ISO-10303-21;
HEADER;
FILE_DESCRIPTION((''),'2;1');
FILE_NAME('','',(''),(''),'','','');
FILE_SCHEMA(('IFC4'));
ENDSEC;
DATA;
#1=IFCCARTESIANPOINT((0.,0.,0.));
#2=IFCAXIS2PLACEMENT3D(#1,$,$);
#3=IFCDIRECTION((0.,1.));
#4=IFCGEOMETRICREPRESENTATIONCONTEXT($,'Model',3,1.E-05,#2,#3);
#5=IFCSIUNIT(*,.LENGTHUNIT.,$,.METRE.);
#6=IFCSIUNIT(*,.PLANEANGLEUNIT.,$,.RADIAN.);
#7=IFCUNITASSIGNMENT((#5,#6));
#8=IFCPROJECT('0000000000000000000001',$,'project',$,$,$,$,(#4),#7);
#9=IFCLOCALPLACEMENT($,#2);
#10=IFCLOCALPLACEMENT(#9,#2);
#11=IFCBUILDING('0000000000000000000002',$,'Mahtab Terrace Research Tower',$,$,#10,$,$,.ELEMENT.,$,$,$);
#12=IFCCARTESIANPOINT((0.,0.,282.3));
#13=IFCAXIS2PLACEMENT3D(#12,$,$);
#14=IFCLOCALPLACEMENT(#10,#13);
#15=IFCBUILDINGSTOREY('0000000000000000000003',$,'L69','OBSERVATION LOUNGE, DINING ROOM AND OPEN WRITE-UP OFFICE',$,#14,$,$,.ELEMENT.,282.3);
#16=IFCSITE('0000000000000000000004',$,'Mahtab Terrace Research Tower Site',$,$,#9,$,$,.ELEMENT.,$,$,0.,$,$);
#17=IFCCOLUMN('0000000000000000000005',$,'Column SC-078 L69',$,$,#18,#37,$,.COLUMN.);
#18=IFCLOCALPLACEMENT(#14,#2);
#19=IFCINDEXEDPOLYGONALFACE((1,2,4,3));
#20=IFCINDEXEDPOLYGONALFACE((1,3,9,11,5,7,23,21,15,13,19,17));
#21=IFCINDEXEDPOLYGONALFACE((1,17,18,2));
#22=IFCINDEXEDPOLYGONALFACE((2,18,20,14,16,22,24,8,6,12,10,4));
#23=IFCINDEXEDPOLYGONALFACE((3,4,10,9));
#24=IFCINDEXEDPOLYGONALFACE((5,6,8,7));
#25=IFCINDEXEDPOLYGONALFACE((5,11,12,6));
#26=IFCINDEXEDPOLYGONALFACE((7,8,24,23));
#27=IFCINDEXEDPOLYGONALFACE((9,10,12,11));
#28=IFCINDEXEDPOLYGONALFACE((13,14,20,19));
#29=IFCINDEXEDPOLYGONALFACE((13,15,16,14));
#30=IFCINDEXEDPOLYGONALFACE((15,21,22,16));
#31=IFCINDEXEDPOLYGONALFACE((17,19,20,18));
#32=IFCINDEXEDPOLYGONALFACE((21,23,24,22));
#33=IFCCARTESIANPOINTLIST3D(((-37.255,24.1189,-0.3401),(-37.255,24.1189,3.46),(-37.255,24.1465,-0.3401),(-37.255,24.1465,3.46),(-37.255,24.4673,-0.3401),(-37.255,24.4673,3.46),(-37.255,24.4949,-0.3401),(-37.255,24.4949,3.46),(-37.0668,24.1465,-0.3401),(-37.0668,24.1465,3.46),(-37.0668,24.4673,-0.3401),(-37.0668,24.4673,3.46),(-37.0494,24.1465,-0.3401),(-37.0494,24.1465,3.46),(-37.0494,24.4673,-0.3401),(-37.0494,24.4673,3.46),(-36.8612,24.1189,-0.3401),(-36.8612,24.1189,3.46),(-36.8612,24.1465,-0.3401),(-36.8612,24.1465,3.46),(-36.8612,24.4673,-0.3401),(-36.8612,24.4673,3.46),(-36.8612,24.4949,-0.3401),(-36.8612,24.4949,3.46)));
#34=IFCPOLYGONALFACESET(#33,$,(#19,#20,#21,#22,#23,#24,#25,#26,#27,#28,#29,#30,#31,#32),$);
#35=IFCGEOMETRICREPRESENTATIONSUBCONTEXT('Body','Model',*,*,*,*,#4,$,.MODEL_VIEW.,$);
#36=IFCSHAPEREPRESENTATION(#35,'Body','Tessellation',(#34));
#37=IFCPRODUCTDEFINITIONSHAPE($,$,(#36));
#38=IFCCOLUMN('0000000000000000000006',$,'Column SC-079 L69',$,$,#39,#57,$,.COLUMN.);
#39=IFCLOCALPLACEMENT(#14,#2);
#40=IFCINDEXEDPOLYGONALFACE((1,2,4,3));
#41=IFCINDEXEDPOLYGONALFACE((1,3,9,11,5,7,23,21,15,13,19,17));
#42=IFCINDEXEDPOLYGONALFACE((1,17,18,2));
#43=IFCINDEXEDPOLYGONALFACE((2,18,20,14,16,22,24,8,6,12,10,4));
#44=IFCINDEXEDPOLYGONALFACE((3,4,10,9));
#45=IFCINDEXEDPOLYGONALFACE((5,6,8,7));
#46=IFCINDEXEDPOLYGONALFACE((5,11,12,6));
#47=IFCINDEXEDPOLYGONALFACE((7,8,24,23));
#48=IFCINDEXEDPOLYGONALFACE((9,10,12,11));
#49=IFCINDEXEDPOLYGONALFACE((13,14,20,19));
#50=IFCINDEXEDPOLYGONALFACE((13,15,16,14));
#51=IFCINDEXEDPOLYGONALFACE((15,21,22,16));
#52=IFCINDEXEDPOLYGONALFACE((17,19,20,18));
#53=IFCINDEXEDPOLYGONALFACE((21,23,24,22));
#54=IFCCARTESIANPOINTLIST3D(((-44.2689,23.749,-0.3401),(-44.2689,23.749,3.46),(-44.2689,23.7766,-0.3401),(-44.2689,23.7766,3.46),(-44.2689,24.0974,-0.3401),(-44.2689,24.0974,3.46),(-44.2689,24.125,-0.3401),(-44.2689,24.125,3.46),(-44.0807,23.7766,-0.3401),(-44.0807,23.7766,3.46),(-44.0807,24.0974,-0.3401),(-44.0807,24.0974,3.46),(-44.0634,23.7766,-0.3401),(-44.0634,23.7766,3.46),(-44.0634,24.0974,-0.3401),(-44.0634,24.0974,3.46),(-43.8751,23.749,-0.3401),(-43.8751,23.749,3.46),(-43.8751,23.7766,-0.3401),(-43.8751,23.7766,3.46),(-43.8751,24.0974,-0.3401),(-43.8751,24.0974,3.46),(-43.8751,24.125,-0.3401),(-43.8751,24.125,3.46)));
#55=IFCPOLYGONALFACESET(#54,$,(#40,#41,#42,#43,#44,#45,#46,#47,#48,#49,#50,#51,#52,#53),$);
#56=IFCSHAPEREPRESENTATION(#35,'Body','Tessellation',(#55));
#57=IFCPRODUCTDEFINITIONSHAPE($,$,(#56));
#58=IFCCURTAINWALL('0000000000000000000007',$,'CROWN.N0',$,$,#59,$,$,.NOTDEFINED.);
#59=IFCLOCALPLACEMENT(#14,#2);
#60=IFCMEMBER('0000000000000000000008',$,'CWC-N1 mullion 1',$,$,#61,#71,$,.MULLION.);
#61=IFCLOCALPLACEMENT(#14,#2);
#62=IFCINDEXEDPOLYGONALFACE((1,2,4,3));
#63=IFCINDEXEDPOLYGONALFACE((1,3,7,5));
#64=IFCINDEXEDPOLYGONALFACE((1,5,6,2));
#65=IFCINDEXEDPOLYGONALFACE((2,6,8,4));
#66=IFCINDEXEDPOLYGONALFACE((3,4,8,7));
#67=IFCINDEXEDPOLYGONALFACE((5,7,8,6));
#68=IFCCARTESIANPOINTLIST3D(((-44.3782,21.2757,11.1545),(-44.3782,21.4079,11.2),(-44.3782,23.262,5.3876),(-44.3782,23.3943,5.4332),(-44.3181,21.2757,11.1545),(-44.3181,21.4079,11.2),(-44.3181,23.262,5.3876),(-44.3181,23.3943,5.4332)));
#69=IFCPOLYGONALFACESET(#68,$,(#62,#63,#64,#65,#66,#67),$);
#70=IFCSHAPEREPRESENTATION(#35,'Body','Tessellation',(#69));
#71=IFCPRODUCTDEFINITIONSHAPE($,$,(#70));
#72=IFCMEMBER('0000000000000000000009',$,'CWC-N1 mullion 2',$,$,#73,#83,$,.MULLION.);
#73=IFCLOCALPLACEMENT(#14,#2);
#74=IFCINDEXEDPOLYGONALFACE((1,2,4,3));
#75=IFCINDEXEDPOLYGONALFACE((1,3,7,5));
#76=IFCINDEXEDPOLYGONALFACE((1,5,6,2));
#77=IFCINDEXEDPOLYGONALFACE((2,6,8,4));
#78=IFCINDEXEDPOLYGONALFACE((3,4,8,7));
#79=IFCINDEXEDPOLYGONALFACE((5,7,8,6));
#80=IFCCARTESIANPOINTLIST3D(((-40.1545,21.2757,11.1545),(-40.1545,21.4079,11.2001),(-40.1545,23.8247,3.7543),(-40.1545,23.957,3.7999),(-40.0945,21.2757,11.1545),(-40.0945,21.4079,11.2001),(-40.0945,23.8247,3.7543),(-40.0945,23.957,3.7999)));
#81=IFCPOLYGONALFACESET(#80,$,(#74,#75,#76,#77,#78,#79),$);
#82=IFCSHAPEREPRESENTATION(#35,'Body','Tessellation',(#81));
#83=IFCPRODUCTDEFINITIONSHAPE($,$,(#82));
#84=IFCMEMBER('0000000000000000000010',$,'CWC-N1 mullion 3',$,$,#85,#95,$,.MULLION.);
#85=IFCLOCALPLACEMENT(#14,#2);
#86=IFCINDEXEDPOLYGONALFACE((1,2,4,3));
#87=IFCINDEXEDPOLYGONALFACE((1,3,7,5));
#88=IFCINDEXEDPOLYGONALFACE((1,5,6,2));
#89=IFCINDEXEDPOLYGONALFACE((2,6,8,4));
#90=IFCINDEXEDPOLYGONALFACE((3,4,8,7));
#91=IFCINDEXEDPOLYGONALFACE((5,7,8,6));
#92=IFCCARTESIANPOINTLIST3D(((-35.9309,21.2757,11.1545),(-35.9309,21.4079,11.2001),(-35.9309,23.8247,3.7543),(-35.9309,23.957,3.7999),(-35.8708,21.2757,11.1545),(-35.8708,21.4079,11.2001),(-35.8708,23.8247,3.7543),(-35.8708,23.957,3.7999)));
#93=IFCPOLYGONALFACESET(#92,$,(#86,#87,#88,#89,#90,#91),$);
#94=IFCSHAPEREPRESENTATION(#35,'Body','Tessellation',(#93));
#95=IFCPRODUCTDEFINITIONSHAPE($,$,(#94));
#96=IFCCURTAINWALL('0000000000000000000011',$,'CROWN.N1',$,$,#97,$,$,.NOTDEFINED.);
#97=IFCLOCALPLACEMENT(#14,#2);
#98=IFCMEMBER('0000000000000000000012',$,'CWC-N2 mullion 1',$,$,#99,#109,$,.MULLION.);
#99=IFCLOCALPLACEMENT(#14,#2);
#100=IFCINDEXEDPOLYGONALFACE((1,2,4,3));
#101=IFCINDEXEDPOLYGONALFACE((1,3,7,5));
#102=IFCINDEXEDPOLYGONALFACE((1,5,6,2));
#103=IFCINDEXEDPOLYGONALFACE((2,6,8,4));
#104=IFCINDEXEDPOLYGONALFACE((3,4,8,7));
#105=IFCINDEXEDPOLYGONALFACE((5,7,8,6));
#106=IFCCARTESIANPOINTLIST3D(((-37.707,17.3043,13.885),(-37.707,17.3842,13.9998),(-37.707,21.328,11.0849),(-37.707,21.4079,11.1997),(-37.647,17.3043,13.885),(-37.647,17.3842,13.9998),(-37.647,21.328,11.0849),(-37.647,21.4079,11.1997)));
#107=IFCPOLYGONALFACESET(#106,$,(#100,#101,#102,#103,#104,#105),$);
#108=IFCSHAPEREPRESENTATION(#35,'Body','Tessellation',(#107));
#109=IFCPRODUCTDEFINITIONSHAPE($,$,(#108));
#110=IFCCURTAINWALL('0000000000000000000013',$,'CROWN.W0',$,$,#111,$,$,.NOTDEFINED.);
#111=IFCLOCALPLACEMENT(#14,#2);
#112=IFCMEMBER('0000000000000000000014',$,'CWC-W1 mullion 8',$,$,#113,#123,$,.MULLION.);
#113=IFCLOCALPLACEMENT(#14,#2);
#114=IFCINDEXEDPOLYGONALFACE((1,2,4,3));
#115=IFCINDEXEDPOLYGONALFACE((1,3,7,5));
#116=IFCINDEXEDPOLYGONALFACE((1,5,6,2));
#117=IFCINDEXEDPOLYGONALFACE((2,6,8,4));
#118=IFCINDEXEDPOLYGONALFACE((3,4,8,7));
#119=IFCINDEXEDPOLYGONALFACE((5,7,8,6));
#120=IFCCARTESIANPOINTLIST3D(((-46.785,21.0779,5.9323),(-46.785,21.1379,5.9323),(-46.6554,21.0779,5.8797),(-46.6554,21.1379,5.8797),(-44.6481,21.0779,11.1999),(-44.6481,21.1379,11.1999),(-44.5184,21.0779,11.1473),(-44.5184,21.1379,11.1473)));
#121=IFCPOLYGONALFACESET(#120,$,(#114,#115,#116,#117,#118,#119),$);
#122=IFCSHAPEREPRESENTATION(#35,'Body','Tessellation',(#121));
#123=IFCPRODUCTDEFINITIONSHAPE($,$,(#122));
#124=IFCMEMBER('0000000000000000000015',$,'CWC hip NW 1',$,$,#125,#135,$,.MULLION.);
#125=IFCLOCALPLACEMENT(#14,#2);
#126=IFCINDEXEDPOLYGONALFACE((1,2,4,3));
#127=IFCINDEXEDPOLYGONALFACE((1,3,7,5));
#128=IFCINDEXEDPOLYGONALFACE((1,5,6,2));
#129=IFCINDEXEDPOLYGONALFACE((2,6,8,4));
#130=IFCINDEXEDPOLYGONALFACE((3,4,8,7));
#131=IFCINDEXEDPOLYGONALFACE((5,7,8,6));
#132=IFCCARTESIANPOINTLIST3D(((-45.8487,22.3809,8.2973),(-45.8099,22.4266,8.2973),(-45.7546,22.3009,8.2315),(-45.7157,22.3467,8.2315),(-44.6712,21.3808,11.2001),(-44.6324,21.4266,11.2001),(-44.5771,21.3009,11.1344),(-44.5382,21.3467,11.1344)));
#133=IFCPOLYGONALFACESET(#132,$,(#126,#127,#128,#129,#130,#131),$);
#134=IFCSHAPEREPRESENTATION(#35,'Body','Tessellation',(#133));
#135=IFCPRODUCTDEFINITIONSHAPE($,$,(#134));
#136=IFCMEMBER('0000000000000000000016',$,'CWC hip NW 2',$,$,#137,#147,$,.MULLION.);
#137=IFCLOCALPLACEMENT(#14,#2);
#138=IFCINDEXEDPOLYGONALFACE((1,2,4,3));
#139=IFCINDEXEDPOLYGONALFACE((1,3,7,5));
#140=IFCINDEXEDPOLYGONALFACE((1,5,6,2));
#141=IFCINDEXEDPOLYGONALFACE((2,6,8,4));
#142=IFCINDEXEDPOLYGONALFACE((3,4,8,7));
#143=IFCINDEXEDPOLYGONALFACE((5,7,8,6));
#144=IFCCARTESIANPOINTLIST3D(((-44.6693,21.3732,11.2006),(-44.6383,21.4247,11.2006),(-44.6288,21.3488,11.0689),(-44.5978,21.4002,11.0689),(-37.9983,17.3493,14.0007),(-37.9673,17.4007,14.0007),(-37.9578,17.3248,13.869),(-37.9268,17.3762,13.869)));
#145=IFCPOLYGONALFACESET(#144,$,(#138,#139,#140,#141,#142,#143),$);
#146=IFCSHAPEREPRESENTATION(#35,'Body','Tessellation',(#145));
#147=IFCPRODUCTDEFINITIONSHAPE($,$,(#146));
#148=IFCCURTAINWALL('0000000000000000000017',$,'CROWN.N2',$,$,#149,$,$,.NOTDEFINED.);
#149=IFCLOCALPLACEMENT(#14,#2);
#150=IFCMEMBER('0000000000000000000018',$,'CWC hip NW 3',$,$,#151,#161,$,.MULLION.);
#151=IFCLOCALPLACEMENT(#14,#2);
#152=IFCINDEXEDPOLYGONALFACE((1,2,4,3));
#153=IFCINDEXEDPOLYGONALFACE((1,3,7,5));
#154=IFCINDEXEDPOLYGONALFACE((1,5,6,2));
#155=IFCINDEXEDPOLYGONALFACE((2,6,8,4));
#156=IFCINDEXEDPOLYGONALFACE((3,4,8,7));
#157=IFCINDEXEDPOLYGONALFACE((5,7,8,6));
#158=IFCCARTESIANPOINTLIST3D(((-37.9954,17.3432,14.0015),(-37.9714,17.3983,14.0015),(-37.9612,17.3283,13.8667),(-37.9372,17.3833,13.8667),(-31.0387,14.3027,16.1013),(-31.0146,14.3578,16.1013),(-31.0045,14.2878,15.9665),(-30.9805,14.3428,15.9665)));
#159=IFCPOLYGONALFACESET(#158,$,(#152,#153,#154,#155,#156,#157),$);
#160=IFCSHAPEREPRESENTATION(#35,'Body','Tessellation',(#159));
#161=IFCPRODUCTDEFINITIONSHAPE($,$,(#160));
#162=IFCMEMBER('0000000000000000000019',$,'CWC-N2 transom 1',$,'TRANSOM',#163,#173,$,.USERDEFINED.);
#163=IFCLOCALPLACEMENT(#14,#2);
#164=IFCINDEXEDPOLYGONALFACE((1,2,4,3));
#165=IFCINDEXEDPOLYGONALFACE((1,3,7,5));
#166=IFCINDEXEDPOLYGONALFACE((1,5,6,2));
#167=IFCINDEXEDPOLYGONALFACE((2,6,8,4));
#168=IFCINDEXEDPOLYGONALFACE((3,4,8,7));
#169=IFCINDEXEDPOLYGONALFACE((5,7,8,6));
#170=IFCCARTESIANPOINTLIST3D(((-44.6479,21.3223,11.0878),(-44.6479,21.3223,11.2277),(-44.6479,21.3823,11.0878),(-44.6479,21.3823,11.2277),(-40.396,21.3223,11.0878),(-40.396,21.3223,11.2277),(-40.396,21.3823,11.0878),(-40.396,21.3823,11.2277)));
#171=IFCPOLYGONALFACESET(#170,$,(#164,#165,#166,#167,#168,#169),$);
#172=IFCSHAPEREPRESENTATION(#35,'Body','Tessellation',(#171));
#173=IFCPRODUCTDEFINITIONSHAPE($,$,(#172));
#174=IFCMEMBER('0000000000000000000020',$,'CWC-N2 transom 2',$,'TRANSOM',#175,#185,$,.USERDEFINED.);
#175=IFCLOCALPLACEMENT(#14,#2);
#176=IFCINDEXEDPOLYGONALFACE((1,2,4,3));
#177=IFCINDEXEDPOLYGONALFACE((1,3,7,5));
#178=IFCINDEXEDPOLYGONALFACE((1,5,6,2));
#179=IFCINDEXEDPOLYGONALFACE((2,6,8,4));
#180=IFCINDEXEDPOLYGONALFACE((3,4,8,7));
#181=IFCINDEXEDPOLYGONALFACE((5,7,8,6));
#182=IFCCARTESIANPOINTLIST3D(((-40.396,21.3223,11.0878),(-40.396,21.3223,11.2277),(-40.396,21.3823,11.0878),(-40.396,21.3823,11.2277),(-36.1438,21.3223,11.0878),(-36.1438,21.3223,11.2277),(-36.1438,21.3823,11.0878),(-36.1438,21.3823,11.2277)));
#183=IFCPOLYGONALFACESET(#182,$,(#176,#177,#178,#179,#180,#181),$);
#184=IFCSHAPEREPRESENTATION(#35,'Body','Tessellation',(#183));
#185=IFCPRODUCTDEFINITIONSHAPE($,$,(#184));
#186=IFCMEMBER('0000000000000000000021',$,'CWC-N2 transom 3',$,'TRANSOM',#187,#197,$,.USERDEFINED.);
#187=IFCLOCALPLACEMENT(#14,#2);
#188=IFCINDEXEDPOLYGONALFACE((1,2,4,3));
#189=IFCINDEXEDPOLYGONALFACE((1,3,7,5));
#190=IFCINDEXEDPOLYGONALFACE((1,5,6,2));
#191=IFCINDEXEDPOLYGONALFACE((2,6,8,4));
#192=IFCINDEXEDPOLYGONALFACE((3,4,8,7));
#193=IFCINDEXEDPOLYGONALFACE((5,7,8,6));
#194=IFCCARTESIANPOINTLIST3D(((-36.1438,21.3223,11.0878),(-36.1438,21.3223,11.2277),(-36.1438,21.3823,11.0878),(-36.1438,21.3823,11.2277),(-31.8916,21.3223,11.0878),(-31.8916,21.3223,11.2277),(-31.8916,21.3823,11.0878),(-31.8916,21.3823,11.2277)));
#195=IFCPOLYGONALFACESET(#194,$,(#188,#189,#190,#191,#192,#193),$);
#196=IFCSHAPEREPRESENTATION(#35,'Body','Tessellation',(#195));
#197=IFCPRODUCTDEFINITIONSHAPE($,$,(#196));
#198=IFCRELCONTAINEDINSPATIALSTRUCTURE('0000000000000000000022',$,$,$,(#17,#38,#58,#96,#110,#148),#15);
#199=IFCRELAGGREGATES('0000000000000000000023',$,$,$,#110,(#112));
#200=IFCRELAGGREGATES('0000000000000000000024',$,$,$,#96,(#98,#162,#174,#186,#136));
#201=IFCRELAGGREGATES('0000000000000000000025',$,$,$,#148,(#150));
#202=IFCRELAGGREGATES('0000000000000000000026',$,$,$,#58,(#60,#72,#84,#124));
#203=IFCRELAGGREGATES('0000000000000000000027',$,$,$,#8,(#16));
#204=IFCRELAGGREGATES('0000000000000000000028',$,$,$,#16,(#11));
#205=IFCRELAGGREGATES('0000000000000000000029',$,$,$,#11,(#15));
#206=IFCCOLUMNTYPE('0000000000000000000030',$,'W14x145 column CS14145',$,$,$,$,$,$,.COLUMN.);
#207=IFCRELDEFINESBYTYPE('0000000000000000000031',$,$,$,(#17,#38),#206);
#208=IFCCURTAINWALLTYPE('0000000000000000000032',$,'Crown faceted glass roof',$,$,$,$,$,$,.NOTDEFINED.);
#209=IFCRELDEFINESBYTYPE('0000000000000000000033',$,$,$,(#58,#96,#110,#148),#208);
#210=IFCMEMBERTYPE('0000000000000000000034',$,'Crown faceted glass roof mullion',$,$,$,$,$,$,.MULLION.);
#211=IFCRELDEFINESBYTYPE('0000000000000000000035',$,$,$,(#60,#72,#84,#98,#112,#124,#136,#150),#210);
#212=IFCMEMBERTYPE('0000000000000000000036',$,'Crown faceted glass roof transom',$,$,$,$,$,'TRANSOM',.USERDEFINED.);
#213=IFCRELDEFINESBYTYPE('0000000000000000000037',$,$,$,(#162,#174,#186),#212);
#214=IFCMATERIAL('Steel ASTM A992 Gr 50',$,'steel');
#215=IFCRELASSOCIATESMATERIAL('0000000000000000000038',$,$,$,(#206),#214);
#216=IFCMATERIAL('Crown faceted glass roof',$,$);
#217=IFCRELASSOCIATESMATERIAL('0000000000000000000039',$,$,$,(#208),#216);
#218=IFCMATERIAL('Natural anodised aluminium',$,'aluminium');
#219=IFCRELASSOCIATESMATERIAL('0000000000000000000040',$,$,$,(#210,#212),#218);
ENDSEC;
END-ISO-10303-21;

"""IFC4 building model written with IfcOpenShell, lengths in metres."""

from ifc_helpers import new_model, si_unit, direction, frame, origin, origin_2d, place, context, subcontext, project, spatial, rectangle, i_section, extrude, material, material_profile, profile_set, type_object, element, aggregate, save


model = new_model("IFC4")

# Units and contexts
model_context = context("Model", 3, precision=1e-05, world=origin(), true_north=direction((0.0, 1.0)))
body_context = subcontext(model_context, "Body", "Model", "MODEL_VIEW")
ifc_project = project(units=[si_unit("LENGTHUNIT", "METRE"), si_unit("PLANEANGLEUNIT", "RADIAN")], contexts=[model_context])

# Site, building, storey
site_placement = place(None, origin())
site = spatial("IfcSite", under=ifc_project, at=site_placement, Name="Mahtab Terrace Research Tower Site", CompositionType="ELEMENT", RefElevation=0.0)
building_placement = place(site_placement, origin())
building = spatial("IfcBuilding", under=site, at=building_placement, Name="Mahtab Terrace Research Tower", CompositionType="ELEMENT")
storey_placement = place(building_placement, frame((0.0, 0.0, 282.3)))
storey = spatial("IfcBuildingStorey", under=building, at=storey_placement, Name="L69", Description="OBSERVATION LOUNGE, DINING ROOM AND OPEN WRITE-UP OFFICE", CompositionType="ELEMENT", Elevation=282.3)

# Columns
ifc_material_1 = material(Name="Steel ASTM A992 Gr 50", Category="steel")
ifc_material_profile_1 = material_profile(ifc_material_1, i_section(OverallWidth=0.3938, OverallDepth=0.376, WebThickness=0.0173, FlangeThickness=0.0276, at=origin_2d()), Name="W14X145")
ifc_profile_set_1 = profile_set([ifc_material_profile_1], Name="Steel ASTM A992 Gr 50")
column_type = type_object("IfcColumnType", Name="W14x145 column CS14145", PredefinedType="COLUMN", material=ifc_profile_set_1)
for number, where, z_axis, x_axis, name in (
    (1, (-37.0581, 24.3069, -0.3401), (0.0, 0.0, 1.0), (1.0, 0.0, 0.0), "Column SC-078 L69"),
    (2, (-44.072, 23.937, -0.3401), (0.0, 0.0, 1.0), (1.0, 0.0, 0.0), "Column SC-079 L69"),
):
    element("IfcColumn", number, at=place(storey_placement, frame(where, z_axis=z_axis, x_axis=x_axis)), inside=storey, type_object=column_type, Name=name, PredefinedType="COLUMN", context=body_context, shape_type="SweptSolid", body=[
        extrude(i_section(OverallWidth=0.3938, OverallDepth=0.376, WebThickness=0.0173, FlangeThickness=0.0276, at=origin_2d()), origin(), (0.0, 0.0, 1.0), 3.8),
    ])

# Curtain wall, members
ifc_material_2 = material(Name="Crown faceted glass roof")
curtain_wall_type_1 = type_object("IfcCurtainWallType", Name="Crown faceted glass roof", PredefinedType="NOTDEFINED", material=ifc_material_2)
curtain_wall_1_placement = place(storey_placement, origin())
curtain_wall_1 = element("IfcCurtainWall", 3, at=curtain_wall_1_placement, inside=storey, type_object=curtain_wall_type_1, Name="CROWN.N0", PredefinedType="NOTDEFINED")
ifc_material_3 = material(Name="Natural anodised aluminium", Category="aluminium")
ifc_material_profile_2 = material_profile(ifc_material_3, rectangle(XDim=0.0601, YDim=0.1399, at=origin_2d()), Name="MULLION 60x140")
ifc_profile_set_2 = profile_set([ifc_material_profile_2], Name="Natural anodised aluminium")
member_type_1 = type_object("IfcMemberType", Name="Crown faceted glass roof mullion", PredefinedType="MULLION", material=ifc_profile_set_2)
member_1_placement = place(storey_placement, frame((-44.3481, 23.3281, 5.4104), z_axis=(0.0, -0.325663, 0.945486), x_axis=(1.0, 0.0, 0.0)))
member_1 = element("IfcMember", 4, at=member_1_placement, type_object=member_type_1, Name="CWC-N1 mullion 1", PredefinedType="MULLION", context=body_context, shape_type="SweptSolid", body=[
    extrude(rectangle(XDim=0.0601, YDim=0.1399, at=origin_2d()), origin(), (0.0, 0.0, 1.0), 6.0994),
])
member_2_placement = place(storey_placement, frame((-40.1245, 23.8909, 3.7771), z_axis=(0.0, -0.325682, 0.945479), x_axis=(1.0, 0.0, 0.0)))
member_2 = element("IfcMember", 5, at=member_2_placement, type_object=member_type_1, Name="CWC-N1 mullion 2", PredefinedType="MULLION", context=body_context, shape_type="SweptSolid", body=[
    extrude(rectangle(XDim=0.0601, YDim=0.1399, at=origin_2d()), origin(), (0.0, 0.0, 1.0), 7.8269),
])
member_3_placement = place(storey_placement, frame((-35.9009, 23.8909, 3.7771), z_axis=(0.0, -0.325682, 0.945479), x_axis=(1.0, 0.0, 0.0)))
member_3 = element("IfcMember", 6, at=member_3_placement, type_object=member_type_1, Name="CWC-N1 mullion 3", PredefinedType="MULLION", context=body_context, shape_type="SweptSolid", body=[
    extrude(rectangle(XDim=0.0601, YDim=0.1399, at=origin_2d()), origin(), (0.0, 0.0, 1.0), 7.8269),
])

# Curtain walls, members
curtain_wall_2_placement = place(storey_placement, origin())
curtain_wall_2 = element("IfcCurtainWall", 7, at=curtain_wall_2_placement, inside=storey, type_object=curtain_wall_type_1, Name="CROWN.N1", PredefinedType="NOTDEFINED")
member_4_placement = place(storey_placement, frame((-37.677, 21.3679, 11.1423), z_axis=(0.0, -0.820813, 0.571197), x_axis=(1.0, 0.0, 0.0)))
member_4 = element("IfcMember", 8, at=member_4_placement, type_object=member_type_1, Name="CWC-N2 mullion 1", PredefinedType="MULLION", context=body_context, shape_type="SweptSolid", body=[
    extrude(rectangle(XDim=0.0601, YDim=0.1399, at=origin_2d()), origin(), (0.0, 0.0, 1.0), 4.9021),
])
curtain_wall_3_placement = place(storey_placement, origin())
curtain_wall_3 = element("IfcCurtainWall", 9, at=curtain_wall_3_placement, inside=storey, type_object=curtain_wall_type_1, Name="CROWN.W0", PredefinedType="NOTDEFINED")
member_5_placement = place(storey_placement, frame((-46.7202, 21.1079, 5.906), z_axis=(0.375925, 0.0, 0.92665), x_axis=(0.0, 1.0, 0.0)))
member_5 = element("IfcMember", 10, at=member_5_placement, type_object=member_type_1, Name="CWC-W1 mullion 8", PredefinedType="MULLION", context=body_context, shape_type="SweptSolid", body=[
    extrude(rectangle(XDim=0.0601, YDim=0.1399, at=origin_2d()), origin(), (0.0, 0.0, 1.0), 5.6846),
])
aggregate(curtain_wall_3, [member_5])

# Members
member_6_placement = place(storey_placement, frame((-45.7822, 22.3638, 8.2644), z_axis=(0.358085, -0.304109, 0.882776), x_axis=(0.647323, 0.762216, 0.0)))
member_6 = element("IfcMember", 11, at=member_6_placement, type_object=member_type_1, Name="CWC hip NW 1", PredefinedType="MULLION", context=body_context, shape_type="SweptSolid", body=[
    extrude(rectangle(XDim=0.0601, YDim=0.1399, at=origin_2d()), origin(), (0.0, 0.0, 1.0), 3.2883),
])
member_7_placement = place(storey_placement, frame((-44.6335, 21.3867, 11.1348), z_axis=(0.805813, -0.486071, 0.338232), x_axis=(0.516513, 0.856279, 0.0)))
member_7 = element("IfcMember", 12, at=member_7_placement, type_object=member_type_1, Name="CWC hip NW 2", PredefinedType="MULLION", context=body_context, shape_type="SweptSolid", body=[
    extrude(rectangle(XDim=0.0601, YDim=0.1399, at=origin_2d()), origin(), (0.0, 0.0, 1.0), 8.2786),
])

# Curtain wall, member
curtain_wall_4_placement = place(storey_placement, origin())
curtain_wall_4 = element("IfcCurtainWall", 13, at=curtain_wall_4_placement, inside=storey, type_object=curtain_wall_type_1, Name="CROWN.N2", PredefinedType="NOTDEFINED")
member_8_placement = place(storey_placement, frame((-37.9663, 17.3633, 13.9341), z_axis=(0.883149, -0.385988, 0.266572), x_axis=(0.40048, 0.916306, 0.0)))
member_8 = element("IfcMember", 14, at=member_8_placement, type_object=member_type_1, Name="CWC hip NW 3", PredefinedType="MULLION", context=body_context, shape_type="SweptSolid", body=[
    extrude(rectangle(XDim=0.0601, YDim=0.1399, at=origin_2d()), origin(), (0.0, 0.0, 1.0), 7.8772),
])

# Members
ifc_material_profile_3 = material_profile(ifc_material_3, rectangle(XDim=0.0601, YDim=0.1399, at=origin_2d()), Name="TRANSOM 60x140")
ifc_profile_set_3 = profile_set([ifc_material_profile_3], Name="Natural anodised aluminium")
member_type_2 = type_object("IfcMemberType", Name="Crown faceted glass roof transom", ElementType="TRANSOM", PredefinedType="USERDEFINED", material=ifc_profile_set_3)
member_9_placement = place(storey_placement, frame((-44.6479, 21.3523, 11.1577), z_axis=(1.0, 0.0, 0.0), x_axis=(0.0, 1.0, 0.0)))
member_9 = element("IfcMember", 15, at=member_9_placement, type_object=member_type_2, Name="CWC-N2 transom 1", ObjectType="TRANSOM", PredefinedType="USERDEFINED", context=body_context, shape_type="SweptSolid", body=[
    extrude(rectangle(XDim=0.0601, YDim=0.1399, at=origin_2d()), origin(), (0.0, 0.0, 1.0), 4.252),
])
member_10_placement = place(storey_placement, frame((-40.396, 21.3523, 11.1577), z_axis=(1.0, 0.0, 0.0), x_axis=(0.0, 1.0, 0.0)))
member_10 = element("IfcMember", 16, at=member_10_placement, type_object=member_type_2, Name="CWC-N2 transom 2", ObjectType="TRANSOM", PredefinedType="USERDEFINED", context=body_context, shape_type="SweptSolid", body=[
    extrude(rectangle(XDim=0.0601, YDim=0.1399, at=origin_2d()), origin(), (0.0, 0.0, 1.0), 4.2522),
])
member_11_placement = place(storey_placement, frame((-36.1438, 21.3523, 11.1577), z_axis=(1.0, 0.0, 0.0), x_axis=(0.0, 1.0, 0.0)))
member_11 = element("IfcMember", 17, at=member_11_placement, type_object=member_type_2, Name="CWC-N2 transom 3", ObjectType="TRANSOM", PredefinedType="USERDEFINED", context=body_context, shape_type="SweptSolid", body=[
    extrude(rectangle(XDim=0.0601, YDim=0.1399, at=origin_2d()), origin(), (0.0, 0.0, 1.0), 4.2522),
])
aggregate(curtain_wall_2, [member_4, member_9, member_10, member_11, member_7])
aggregate(curtain_wall_4, [member_8])

aggregate(curtain_wall_1, [member_1, member_2, member_3, member_6])

save(model, "model.ifc")
